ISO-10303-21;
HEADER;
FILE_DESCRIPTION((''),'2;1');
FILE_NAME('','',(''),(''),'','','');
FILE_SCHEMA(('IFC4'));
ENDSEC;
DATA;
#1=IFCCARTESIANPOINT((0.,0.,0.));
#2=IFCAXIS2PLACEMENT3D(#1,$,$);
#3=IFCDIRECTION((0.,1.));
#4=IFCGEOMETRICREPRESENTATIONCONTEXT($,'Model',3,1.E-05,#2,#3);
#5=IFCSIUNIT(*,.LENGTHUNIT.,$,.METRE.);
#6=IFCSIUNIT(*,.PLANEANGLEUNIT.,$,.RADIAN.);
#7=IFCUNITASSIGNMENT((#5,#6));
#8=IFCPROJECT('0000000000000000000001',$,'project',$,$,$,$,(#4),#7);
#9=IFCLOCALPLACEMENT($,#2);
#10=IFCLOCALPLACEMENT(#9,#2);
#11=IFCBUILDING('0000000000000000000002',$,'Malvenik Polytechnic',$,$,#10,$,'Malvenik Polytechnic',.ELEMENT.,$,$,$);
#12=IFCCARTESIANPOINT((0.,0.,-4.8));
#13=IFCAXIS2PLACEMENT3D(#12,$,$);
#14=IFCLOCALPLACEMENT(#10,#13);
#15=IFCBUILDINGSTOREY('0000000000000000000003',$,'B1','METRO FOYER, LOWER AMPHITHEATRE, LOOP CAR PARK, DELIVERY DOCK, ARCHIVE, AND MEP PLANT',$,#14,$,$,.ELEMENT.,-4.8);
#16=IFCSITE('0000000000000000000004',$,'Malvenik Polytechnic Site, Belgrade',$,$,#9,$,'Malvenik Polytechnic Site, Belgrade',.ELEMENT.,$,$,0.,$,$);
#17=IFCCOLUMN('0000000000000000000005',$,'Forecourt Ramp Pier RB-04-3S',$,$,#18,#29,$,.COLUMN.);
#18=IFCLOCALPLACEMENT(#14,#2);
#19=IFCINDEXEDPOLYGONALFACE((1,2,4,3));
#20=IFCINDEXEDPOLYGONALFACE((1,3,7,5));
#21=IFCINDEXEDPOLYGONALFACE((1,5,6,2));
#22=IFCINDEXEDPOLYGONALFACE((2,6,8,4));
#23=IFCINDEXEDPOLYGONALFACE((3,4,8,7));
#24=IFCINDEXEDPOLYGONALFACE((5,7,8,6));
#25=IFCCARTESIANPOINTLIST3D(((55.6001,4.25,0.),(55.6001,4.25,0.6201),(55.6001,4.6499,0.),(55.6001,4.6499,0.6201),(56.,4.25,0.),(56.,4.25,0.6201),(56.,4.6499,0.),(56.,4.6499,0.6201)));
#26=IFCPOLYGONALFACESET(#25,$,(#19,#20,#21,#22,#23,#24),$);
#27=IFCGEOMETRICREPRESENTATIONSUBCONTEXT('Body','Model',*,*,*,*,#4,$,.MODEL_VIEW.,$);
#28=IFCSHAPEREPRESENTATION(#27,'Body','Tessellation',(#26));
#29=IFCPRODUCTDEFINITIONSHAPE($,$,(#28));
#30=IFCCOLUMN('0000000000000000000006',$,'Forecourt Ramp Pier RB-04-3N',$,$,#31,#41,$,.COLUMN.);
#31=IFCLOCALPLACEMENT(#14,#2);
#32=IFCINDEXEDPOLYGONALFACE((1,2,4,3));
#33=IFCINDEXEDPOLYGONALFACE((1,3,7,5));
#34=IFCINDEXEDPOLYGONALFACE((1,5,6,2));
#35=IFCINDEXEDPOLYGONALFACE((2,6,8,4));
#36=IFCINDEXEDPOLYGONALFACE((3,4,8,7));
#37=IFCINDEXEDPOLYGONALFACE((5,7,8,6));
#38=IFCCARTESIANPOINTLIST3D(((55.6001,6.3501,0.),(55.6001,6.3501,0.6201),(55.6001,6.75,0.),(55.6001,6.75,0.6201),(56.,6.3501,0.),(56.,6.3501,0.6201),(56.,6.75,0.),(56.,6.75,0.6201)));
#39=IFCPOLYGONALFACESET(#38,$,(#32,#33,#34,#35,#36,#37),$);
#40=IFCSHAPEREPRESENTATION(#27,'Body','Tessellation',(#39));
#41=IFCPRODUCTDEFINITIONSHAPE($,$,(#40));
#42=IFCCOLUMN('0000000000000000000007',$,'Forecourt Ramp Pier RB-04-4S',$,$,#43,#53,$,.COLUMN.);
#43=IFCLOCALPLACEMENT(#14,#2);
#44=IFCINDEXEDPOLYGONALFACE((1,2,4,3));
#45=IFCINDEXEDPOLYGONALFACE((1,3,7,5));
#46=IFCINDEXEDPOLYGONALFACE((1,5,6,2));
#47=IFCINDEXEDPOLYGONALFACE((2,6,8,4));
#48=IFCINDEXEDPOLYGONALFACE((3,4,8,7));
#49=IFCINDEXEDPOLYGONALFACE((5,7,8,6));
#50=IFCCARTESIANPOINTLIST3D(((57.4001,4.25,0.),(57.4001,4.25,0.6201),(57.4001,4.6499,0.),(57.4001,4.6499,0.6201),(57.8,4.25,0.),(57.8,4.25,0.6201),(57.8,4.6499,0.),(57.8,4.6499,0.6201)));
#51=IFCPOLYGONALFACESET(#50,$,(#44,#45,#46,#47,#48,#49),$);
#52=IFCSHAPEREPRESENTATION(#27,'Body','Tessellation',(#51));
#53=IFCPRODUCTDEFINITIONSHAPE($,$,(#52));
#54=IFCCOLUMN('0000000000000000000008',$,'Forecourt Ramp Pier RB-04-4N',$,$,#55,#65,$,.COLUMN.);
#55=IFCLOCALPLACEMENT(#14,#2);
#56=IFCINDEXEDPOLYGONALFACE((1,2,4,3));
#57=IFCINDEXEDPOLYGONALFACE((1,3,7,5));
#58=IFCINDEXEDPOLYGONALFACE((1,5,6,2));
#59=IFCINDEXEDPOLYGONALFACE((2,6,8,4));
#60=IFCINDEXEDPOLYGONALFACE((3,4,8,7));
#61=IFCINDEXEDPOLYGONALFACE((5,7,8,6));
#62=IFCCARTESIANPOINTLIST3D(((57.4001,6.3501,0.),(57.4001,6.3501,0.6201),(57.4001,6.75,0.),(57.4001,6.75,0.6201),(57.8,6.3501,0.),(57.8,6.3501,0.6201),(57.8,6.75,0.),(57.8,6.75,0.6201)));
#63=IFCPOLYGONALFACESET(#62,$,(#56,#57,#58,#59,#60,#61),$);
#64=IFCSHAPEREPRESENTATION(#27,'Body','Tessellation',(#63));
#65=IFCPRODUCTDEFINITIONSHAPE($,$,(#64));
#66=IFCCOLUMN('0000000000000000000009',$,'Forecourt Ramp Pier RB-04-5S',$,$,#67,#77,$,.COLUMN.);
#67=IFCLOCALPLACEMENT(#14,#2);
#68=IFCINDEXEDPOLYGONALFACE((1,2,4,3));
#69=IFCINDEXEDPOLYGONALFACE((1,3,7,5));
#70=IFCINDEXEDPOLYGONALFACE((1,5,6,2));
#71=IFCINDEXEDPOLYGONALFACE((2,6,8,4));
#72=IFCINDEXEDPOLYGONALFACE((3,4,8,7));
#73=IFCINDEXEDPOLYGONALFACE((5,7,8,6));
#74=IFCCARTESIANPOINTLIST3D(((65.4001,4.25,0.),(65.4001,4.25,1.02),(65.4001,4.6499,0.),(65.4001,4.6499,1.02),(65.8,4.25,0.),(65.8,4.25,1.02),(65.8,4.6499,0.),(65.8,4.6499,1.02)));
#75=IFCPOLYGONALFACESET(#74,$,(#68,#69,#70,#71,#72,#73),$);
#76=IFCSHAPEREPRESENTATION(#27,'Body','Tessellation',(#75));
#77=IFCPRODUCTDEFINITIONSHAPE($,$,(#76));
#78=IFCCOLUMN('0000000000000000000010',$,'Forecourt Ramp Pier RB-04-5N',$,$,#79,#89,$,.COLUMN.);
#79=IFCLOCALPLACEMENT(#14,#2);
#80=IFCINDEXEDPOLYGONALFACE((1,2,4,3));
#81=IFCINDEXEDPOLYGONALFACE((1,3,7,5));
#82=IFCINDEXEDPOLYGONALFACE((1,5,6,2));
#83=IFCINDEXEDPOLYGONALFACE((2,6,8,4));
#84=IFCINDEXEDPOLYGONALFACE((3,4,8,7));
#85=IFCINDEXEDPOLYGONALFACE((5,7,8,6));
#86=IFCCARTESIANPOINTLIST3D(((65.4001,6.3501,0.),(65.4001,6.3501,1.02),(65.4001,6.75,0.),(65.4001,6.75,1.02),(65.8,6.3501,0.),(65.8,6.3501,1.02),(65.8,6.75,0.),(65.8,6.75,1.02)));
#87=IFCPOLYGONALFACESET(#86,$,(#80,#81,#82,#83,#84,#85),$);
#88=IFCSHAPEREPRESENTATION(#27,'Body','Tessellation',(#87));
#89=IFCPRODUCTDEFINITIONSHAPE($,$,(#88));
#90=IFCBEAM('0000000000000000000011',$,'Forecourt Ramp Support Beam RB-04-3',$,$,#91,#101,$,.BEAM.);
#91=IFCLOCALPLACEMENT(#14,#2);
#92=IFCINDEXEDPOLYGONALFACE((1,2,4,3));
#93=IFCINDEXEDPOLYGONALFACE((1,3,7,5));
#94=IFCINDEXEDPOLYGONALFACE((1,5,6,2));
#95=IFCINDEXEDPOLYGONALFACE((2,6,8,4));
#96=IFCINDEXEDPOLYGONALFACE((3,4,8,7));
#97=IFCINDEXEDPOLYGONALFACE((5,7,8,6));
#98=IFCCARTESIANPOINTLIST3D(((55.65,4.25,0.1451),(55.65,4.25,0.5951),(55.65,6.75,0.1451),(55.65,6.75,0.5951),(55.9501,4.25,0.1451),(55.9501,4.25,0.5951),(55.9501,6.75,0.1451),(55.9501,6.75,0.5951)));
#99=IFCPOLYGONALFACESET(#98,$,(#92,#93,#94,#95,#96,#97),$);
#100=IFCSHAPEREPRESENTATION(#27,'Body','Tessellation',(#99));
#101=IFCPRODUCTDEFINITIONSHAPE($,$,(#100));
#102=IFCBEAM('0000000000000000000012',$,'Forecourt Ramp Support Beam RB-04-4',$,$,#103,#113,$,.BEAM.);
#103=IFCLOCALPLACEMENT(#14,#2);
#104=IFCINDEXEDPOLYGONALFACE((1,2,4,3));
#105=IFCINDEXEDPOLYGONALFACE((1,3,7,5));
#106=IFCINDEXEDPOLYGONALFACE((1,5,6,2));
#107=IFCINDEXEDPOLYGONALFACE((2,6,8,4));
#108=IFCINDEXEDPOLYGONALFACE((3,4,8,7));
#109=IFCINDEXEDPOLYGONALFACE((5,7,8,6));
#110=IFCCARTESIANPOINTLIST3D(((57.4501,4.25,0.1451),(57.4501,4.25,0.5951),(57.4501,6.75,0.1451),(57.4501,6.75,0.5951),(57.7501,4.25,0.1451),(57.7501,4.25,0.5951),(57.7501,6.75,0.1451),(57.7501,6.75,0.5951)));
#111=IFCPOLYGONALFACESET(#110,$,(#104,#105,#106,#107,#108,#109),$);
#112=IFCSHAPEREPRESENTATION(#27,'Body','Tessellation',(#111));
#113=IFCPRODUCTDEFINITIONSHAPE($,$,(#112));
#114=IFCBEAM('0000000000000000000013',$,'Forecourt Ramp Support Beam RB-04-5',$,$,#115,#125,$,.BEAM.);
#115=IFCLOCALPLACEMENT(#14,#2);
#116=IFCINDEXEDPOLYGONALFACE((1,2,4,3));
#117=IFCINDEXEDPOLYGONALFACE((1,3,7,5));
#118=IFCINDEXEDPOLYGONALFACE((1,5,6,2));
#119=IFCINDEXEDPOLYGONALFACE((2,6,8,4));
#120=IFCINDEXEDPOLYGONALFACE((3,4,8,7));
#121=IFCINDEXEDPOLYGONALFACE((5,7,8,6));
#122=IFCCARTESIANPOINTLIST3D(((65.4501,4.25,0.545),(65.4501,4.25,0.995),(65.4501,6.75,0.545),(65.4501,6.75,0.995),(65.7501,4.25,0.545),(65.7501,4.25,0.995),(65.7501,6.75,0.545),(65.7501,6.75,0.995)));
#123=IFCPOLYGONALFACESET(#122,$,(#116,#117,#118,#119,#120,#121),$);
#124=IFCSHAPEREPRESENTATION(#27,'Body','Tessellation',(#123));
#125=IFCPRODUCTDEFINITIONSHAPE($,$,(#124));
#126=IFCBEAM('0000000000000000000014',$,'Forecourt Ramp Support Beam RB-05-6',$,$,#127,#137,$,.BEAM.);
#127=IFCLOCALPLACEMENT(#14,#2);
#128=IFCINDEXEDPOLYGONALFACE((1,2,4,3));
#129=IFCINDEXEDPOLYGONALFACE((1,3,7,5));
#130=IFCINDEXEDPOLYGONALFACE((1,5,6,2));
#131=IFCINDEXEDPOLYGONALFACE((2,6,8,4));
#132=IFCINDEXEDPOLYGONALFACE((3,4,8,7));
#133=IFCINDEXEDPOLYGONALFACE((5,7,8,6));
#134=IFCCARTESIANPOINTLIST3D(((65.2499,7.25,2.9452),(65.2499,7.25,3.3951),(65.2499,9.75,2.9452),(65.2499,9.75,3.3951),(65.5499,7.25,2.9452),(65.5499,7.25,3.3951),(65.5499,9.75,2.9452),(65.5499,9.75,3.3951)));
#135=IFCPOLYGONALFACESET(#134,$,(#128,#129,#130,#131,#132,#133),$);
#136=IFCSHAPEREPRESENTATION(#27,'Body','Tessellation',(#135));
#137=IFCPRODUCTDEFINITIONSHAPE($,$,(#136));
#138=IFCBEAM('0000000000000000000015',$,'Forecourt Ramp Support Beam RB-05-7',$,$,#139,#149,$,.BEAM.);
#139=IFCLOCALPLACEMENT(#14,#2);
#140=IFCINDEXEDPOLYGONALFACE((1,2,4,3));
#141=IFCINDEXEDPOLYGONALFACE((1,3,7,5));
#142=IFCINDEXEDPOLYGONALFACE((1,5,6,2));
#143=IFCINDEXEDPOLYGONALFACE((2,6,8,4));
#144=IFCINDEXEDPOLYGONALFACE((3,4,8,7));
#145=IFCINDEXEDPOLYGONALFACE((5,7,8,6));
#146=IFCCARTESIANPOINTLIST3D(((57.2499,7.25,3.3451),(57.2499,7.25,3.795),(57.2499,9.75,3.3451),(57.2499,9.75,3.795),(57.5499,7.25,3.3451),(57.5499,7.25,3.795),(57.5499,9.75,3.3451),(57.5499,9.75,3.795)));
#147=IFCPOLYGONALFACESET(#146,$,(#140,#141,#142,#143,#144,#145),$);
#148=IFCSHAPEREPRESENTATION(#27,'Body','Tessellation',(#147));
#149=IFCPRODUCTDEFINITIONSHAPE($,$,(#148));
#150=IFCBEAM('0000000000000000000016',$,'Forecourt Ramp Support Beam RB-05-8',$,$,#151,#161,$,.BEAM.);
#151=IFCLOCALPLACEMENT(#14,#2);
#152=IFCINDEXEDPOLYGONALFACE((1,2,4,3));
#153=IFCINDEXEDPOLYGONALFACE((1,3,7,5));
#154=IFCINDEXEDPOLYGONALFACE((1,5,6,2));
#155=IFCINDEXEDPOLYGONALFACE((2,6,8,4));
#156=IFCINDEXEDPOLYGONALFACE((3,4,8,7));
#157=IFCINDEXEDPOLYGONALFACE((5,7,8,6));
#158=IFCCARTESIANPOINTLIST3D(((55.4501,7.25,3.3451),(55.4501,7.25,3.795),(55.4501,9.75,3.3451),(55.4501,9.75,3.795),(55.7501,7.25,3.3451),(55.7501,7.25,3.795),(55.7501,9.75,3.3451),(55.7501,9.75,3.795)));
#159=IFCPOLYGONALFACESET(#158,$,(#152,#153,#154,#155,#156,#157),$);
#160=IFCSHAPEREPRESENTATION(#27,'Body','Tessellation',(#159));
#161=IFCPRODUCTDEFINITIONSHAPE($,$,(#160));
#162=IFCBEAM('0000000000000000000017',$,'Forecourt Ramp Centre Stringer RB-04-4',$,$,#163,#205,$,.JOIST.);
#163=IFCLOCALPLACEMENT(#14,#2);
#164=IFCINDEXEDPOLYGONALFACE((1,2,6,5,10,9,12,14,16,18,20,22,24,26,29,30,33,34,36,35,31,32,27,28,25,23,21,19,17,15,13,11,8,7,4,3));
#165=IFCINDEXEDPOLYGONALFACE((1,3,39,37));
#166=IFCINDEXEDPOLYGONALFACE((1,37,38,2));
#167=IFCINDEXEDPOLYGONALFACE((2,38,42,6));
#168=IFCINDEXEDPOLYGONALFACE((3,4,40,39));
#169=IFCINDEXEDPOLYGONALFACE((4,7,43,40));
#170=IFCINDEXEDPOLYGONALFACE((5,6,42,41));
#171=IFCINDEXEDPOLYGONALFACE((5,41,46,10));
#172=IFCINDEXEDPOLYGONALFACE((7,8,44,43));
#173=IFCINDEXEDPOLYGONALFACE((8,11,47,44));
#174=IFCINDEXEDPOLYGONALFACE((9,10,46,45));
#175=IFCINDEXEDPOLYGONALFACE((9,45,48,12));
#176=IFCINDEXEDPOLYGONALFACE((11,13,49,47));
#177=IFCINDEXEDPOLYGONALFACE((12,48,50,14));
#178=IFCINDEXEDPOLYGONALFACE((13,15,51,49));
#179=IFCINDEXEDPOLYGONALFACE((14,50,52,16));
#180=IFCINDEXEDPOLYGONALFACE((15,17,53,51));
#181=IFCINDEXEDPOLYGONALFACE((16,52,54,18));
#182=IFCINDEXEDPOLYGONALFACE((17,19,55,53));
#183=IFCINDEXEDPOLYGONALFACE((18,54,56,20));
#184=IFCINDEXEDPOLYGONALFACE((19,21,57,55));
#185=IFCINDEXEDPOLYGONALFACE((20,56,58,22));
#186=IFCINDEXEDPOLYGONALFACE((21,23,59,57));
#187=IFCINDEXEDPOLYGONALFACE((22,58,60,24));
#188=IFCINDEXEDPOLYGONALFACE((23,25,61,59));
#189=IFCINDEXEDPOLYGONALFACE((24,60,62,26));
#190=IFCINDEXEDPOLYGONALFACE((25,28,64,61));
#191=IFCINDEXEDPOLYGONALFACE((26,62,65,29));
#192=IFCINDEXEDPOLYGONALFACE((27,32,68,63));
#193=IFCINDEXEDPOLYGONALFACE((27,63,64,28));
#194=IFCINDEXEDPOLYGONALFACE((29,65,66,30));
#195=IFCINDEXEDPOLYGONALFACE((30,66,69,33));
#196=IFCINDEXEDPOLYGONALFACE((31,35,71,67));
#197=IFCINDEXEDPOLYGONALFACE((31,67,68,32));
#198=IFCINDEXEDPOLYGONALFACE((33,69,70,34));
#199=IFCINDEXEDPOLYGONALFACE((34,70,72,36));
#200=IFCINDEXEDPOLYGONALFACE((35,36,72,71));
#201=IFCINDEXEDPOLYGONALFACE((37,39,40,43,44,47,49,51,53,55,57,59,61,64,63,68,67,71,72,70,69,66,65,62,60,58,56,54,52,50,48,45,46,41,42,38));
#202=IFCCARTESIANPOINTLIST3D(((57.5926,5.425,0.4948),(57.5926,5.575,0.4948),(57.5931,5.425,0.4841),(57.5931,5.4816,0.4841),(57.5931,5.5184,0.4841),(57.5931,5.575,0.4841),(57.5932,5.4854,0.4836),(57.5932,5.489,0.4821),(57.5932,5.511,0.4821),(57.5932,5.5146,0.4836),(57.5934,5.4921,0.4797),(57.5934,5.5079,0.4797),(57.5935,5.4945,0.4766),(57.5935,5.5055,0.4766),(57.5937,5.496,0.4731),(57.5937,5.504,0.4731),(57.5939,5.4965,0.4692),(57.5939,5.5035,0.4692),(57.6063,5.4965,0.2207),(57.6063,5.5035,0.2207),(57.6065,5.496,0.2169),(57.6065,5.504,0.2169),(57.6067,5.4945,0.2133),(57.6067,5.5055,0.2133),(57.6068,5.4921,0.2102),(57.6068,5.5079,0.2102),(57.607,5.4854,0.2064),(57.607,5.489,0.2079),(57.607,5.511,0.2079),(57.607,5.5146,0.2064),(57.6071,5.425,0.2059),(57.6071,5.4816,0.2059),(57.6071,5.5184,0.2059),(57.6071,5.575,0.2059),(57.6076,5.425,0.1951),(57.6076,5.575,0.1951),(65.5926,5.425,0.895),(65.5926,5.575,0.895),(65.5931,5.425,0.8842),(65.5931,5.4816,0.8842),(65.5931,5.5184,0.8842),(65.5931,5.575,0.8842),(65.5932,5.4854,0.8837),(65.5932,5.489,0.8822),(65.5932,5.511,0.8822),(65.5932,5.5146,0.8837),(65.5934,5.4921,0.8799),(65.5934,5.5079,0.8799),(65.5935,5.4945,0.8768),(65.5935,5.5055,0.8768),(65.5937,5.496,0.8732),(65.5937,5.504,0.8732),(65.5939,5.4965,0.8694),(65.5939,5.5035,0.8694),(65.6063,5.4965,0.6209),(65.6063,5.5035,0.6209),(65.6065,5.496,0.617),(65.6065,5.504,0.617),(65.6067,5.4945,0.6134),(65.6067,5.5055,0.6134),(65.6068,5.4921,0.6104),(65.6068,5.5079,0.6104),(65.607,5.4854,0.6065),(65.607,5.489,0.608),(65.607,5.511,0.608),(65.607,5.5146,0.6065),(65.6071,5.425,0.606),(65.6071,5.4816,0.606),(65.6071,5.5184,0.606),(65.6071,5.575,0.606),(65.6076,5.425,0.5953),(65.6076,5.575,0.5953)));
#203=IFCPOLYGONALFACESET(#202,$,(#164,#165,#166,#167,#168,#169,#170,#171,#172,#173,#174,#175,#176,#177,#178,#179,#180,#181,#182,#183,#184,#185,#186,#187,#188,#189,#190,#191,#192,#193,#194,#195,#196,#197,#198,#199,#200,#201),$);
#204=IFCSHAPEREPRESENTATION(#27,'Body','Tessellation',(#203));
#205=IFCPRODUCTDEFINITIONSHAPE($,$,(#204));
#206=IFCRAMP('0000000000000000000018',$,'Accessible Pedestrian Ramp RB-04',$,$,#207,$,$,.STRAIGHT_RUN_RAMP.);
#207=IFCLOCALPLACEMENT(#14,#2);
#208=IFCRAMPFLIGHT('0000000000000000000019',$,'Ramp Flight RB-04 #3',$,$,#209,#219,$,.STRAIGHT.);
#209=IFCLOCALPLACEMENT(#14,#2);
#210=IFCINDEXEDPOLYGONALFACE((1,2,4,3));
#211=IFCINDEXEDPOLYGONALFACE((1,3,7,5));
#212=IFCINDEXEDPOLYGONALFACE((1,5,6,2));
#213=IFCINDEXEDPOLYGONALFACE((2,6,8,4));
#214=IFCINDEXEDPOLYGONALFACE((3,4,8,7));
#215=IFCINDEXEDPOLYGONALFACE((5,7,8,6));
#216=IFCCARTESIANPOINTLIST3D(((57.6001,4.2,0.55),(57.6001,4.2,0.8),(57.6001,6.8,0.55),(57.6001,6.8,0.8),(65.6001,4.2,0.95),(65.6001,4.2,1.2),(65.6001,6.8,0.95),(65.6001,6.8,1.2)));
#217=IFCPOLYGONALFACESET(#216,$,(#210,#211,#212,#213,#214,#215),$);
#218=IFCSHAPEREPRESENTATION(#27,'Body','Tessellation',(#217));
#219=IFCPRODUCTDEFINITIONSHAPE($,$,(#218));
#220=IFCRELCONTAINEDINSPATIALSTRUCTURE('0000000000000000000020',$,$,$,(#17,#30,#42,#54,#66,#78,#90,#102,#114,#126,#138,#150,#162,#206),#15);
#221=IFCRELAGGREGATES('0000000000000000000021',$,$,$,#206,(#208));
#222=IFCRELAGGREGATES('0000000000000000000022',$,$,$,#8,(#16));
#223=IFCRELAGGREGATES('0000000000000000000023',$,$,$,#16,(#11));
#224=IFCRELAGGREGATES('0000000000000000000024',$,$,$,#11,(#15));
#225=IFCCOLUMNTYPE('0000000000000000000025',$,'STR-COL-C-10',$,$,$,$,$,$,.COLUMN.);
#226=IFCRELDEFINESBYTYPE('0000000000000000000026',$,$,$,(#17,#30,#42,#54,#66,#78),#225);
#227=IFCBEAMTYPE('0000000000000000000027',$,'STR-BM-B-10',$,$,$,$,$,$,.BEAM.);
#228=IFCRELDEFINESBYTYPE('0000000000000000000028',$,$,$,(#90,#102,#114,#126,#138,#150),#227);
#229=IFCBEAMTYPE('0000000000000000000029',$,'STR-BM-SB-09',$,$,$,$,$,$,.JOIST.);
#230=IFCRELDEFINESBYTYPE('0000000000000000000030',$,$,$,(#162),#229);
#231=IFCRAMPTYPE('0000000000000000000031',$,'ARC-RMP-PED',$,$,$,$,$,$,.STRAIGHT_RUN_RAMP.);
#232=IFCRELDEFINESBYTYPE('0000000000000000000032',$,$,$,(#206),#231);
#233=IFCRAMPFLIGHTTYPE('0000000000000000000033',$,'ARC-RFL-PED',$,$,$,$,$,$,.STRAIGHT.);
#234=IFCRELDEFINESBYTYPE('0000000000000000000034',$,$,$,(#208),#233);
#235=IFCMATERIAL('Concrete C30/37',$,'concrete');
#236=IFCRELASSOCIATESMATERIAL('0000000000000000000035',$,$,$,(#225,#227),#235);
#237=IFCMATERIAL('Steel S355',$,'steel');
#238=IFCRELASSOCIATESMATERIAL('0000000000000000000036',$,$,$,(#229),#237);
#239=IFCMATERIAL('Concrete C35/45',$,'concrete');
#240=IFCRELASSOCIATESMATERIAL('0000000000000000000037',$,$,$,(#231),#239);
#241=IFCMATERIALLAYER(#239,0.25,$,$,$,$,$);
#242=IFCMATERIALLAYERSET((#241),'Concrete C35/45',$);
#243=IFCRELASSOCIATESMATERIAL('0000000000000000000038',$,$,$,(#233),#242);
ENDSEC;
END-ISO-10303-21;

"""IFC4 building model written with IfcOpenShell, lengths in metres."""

from ifc_helpers import new_model, si_unit, direction, frame, origin, origin_2d, place, context, subcontext, project, spatial, polyline, rectangle, i_section, outline, extrude, material, layer, layer_set, material_profile, profile_set, type_object, element, aggregate, save


model = new_model("IFC4")

# Units and contexts
model_context = context("Model", 3, precision=1e-05, world=origin(), true_north=direction((0.0, 1.0)))
body_context = subcontext(model_context, "Body", "Model", "MODEL_VIEW")
ifc_project = project(units=[si_unit("LENGTHUNIT", "METRE"), si_unit("PLANEANGLEUNIT", "RADIAN")], contexts=[model_context])

# Site, building, storey
site_placement = place(None, origin())
site = spatial("IfcSite", under=ifc_project, at=site_placement, Name="Malvenik Polytechnic Site, Belgrade", LongName="Malvenik Polytechnic Site, Belgrade", CompositionType="ELEMENT", RefElevation=0.0)
building_placement = place(site_placement, origin())
building = spatial("IfcBuilding", under=site, at=building_placement, Name="Malvenik Polytechnic", LongName="Malvenik Polytechnic", CompositionType="ELEMENT")
storey_placement = place(building_placement, frame((0.0, 0.0, -4.8)))
storey = spatial("IfcBuildingStorey", under=building, at=storey_placement, Name="B1", Description="METRO FOYER, LOWER AMPHITHEATRE, LOOP CAR PARK, DELIVERY DOCK, ARCHIVE, AND MEP PLANT", CompositionType="ELEMENT", Elevation=-4.8)

# Columns
ifc_material_1 = material(Name="Concrete C30/37", Category="concrete")
ifc_material_profile_1 = material_profile(ifc_material_1, rectangle(XDim=0.3999, YDim=0.3999, at=origin_2d()), Name="RC COL 400x400")
ifc_profile_set_1 = profile_set([ifc_material_profile_1], Name="Concrete C30/37")
column_type = type_object("IfcColumnType", Name="STR-COL-C-10", PredefinedType="COLUMN", material=ifc_profile_set_1)
for number, where, z_axis, x_axis, name in (
    (1, (55.8, 4.45, 0.0), (0.0, 0.0, 1.0), (1.0, 0.0, 0.0), "Forecourt Ramp Pier RB-04-3S"),
    (2, (55.8, 6.55, 0.0), (0.0, 0.0, 1.0), (1.0, 0.0, 0.0), "Forecourt Ramp Pier RB-04-3N"),
    (3, (57.6001, 4.45, 0.0), (0.0, 0.0, 1.0), (1.0, 0.0, 0.0), "Forecourt Ramp Pier RB-04-4S"),
    (4, (57.6001, 6.55, 0.0), (0.0, 0.0, 1.0), (1.0, 0.0, 0.0), "Forecourt Ramp Pier RB-04-4N"),
):
    element("IfcColumn", number, at=place(storey_placement, frame(where, z_axis=z_axis, x_axis=x_axis)), inside=storey, type_object=column_type, Name=name, PredefinedType="COLUMN", context=body_context, shape_type="SweptSolid", body=[
        extrude(rectangle(XDim=0.3999, YDim=0.3999, at=origin_2d()), origin(), (0.0, 0.0, 1.0), 0.6201),
    ])
for number, where, z_axis, x_axis, name in (
    (5, (65.6001, 4.45, 0.0), (0.0, 0.0, 1.0), (1.0, 0.0, 0.0), "Forecourt Ramp Pier RB-04-5S"),
    (6, (65.6001, 6.55, 0.0), (0.0, 0.0, 1.0), (1.0, 0.0, 0.0), "Forecourt Ramp Pier RB-04-5N"),
):
    element("IfcColumn", number, at=place(storey_placement, frame(where, z_axis=z_axis, x_axis=x_axis)), inside=storey, type_object=column_type, Name=name, PredefinedType="COLUMN", context=body_context, shape_type="SweptSolid", body=[
        extrude(rectangle(XDim=0.3999, YDim=0.3999, at=origin_2d()), origin(), (0.0, 0.0, 1.0), 1.02),
    ])

# Beams
ifc_material_profile_2 = material_profile(ifc_material_1, rectangle(XDim=0.3, YDim=0.45, at=origin_2d()), Name="RC BM 300x450")
ifc_profile_set_2 = profile_set([ifc_material_profile_2], Name="Concrete C30/37")
beam_type_1 = type_object("IfcBeamType", Name="STR-BM-B-10", PredefinedType="BEAM", material=ifc_profile_set_2)
for number, where, z_axis, x_axis, name in (
    (7, (55.8, 4.25, 0.3701), (0.0, 1.0, 0.0), (-1.0, 0.0, 0.0), "Forecourt Ramp Support Beam RB-04-3"),
    (8, (57.6001, 4.25, 0.3701), (0.0, 1.0, 0.0), (-1.0, 0.0, 0.0), "Forecourt Ramp Support Beam RB-04-4"),
    (9, (65.6001, 4.25, 0.77), (0.0, 1.0, 0.0), (-1.0, 0.0, 0.0), "Forecourt Ramp Support Beam RB-04-5"),
    (10, (65.3999, 7.25, 3.1702), (0.0, 1.0, 0.0), (-1.0, 0.0, 0.0), "Forecourt Ramp Support Beam RB-05-6"),
    (11, (57.3999, 7.25, 3.5701), (0.0, 1.0, 0.0), (-1.0, 0.0, 0.0), "Forecourt Ramp Support Beam RB-05-7"),
    (12, (55.6001, 7.25, 3.5701), (0.0, 1.0, 0.0), (-1.0, 0.0, 0.0), "Forecourt Ramp Support Beam RB-05-8"),
):
    element("IfcBeam", number, at=place(storey_placement, frame(where, z_axis=z_axis, x_axis=x_axis)), inside=storey, type_object=beam_type_1, Name=name, PredefinedType="BEAM", context=body_context, shape_type="SweptSolid", body=[
        extrude(rectangle(XDim=0.3, YDim=0.45, at=origin_2d()), origin(), (0.0, 0.0, 1.0), 2.5),
    ])
ifc_material_2 = material(Name="Steel S355", Category="steel")
ifc_material_profile_3 = material_profile(ifc_material_2, i_section(OverallWidth=0.1499, OverallDepth=0.3, WebThickness=0.0071, FlangeThickness=0.0107, FilletRadius=0.0149, at=origin_2d()), Name="IPE 300")
ifc_profile_set_3 = profile_set([ifc_material_profile_3], Name="Steel S355")
beam_type_2 = type_object("IfcBeamType", Name="STR-BM-SB-09", PredefinedType="JOIST", material=ifc_profile_set_3)
beam_placement = place(storey_placement, frame((57.6001, 5.5, 0.345), z_axis=(0.998751, 0.0, 0.049956), x_axis=(0.0, 1.0, 0.0)))
element("IfcBeam", 13, at=beam_placement, inside=storey, type_object=beam_type_2, Name="Forecourt Ramp Centre Stringer RB-04-4", PredefinedType="JOIST", context=body_context, shape_type="SweptSolid", body=[
    extrude(i_section(OverallWidth=0.1499, OverallDepth=0.3, WebThickness=0.0071, FlangeThickness=0.0107, FilletRadius=0.0149, at=origin_2d()), origin(), (0.0, 0.0, 1.0), 8.01),
])

# Ramp, ramp flight
ifc_material_3 = material(Name="Concrete C35/45", Category="concrete")
ramp_type = type_object("IfcRampType", Name="ARC-RMP-PED", PredefinedType="STRAIGHT_RUN_RAMP", material=ifc_material_3)
ramp_placement = place(storey_placement, origin())
ramp = element("IfcRamp", 14, at=ramp_placement, inside=storey, type_object=ramp_type, Name="Accessible Pedestrian Ramp RB-04", PredefinedType="STRAIGHT_RUN_RAMP")
ifc_layer_1 = layer(ifc_material_3, 0.25)
ifc_layer_set_1 = layer_set([ifc_layer_1], Name="Concrete C35/45")
ramp_flight_type = type_object("IfcRampFlightType", Name="ARC-RFL-PED", PredefinedType="STRAIGHT", material=ifc_layer_set_1)
ramp_flight_placement = place(storey_placement, frame((57.6001, 5.5, 0.8), z_axis=(0.0, 0.0, 1.0), x_axis=(1.0, 0.0, 0.0)))
ramp_flight = element("IfcRampFlight", 15, at=ramp_flight_placement, type_object=ramp_flight_type, Name="Ramp Flight RB-04 #3", PredefinedType="STRAIGHT", context=body_context, shape_type="SweptSolid", body=[
    extrude(outline(polyline([(0.0, -0.25), (8.0, 0.1499), (8.0, 0.3999), (0.0, 0.0), (0.0, -0.25)])), frame((0.0, 1.3, 0.0), z_axis=(0.0, -1.0, 0.0), x_axis=(1.0, 0.0, 0.0)), (0.0, 0.0, 1.0), 2.6001),
])
aggregate(ramp, [ramp_flight])

save(model, "model.ifc")
